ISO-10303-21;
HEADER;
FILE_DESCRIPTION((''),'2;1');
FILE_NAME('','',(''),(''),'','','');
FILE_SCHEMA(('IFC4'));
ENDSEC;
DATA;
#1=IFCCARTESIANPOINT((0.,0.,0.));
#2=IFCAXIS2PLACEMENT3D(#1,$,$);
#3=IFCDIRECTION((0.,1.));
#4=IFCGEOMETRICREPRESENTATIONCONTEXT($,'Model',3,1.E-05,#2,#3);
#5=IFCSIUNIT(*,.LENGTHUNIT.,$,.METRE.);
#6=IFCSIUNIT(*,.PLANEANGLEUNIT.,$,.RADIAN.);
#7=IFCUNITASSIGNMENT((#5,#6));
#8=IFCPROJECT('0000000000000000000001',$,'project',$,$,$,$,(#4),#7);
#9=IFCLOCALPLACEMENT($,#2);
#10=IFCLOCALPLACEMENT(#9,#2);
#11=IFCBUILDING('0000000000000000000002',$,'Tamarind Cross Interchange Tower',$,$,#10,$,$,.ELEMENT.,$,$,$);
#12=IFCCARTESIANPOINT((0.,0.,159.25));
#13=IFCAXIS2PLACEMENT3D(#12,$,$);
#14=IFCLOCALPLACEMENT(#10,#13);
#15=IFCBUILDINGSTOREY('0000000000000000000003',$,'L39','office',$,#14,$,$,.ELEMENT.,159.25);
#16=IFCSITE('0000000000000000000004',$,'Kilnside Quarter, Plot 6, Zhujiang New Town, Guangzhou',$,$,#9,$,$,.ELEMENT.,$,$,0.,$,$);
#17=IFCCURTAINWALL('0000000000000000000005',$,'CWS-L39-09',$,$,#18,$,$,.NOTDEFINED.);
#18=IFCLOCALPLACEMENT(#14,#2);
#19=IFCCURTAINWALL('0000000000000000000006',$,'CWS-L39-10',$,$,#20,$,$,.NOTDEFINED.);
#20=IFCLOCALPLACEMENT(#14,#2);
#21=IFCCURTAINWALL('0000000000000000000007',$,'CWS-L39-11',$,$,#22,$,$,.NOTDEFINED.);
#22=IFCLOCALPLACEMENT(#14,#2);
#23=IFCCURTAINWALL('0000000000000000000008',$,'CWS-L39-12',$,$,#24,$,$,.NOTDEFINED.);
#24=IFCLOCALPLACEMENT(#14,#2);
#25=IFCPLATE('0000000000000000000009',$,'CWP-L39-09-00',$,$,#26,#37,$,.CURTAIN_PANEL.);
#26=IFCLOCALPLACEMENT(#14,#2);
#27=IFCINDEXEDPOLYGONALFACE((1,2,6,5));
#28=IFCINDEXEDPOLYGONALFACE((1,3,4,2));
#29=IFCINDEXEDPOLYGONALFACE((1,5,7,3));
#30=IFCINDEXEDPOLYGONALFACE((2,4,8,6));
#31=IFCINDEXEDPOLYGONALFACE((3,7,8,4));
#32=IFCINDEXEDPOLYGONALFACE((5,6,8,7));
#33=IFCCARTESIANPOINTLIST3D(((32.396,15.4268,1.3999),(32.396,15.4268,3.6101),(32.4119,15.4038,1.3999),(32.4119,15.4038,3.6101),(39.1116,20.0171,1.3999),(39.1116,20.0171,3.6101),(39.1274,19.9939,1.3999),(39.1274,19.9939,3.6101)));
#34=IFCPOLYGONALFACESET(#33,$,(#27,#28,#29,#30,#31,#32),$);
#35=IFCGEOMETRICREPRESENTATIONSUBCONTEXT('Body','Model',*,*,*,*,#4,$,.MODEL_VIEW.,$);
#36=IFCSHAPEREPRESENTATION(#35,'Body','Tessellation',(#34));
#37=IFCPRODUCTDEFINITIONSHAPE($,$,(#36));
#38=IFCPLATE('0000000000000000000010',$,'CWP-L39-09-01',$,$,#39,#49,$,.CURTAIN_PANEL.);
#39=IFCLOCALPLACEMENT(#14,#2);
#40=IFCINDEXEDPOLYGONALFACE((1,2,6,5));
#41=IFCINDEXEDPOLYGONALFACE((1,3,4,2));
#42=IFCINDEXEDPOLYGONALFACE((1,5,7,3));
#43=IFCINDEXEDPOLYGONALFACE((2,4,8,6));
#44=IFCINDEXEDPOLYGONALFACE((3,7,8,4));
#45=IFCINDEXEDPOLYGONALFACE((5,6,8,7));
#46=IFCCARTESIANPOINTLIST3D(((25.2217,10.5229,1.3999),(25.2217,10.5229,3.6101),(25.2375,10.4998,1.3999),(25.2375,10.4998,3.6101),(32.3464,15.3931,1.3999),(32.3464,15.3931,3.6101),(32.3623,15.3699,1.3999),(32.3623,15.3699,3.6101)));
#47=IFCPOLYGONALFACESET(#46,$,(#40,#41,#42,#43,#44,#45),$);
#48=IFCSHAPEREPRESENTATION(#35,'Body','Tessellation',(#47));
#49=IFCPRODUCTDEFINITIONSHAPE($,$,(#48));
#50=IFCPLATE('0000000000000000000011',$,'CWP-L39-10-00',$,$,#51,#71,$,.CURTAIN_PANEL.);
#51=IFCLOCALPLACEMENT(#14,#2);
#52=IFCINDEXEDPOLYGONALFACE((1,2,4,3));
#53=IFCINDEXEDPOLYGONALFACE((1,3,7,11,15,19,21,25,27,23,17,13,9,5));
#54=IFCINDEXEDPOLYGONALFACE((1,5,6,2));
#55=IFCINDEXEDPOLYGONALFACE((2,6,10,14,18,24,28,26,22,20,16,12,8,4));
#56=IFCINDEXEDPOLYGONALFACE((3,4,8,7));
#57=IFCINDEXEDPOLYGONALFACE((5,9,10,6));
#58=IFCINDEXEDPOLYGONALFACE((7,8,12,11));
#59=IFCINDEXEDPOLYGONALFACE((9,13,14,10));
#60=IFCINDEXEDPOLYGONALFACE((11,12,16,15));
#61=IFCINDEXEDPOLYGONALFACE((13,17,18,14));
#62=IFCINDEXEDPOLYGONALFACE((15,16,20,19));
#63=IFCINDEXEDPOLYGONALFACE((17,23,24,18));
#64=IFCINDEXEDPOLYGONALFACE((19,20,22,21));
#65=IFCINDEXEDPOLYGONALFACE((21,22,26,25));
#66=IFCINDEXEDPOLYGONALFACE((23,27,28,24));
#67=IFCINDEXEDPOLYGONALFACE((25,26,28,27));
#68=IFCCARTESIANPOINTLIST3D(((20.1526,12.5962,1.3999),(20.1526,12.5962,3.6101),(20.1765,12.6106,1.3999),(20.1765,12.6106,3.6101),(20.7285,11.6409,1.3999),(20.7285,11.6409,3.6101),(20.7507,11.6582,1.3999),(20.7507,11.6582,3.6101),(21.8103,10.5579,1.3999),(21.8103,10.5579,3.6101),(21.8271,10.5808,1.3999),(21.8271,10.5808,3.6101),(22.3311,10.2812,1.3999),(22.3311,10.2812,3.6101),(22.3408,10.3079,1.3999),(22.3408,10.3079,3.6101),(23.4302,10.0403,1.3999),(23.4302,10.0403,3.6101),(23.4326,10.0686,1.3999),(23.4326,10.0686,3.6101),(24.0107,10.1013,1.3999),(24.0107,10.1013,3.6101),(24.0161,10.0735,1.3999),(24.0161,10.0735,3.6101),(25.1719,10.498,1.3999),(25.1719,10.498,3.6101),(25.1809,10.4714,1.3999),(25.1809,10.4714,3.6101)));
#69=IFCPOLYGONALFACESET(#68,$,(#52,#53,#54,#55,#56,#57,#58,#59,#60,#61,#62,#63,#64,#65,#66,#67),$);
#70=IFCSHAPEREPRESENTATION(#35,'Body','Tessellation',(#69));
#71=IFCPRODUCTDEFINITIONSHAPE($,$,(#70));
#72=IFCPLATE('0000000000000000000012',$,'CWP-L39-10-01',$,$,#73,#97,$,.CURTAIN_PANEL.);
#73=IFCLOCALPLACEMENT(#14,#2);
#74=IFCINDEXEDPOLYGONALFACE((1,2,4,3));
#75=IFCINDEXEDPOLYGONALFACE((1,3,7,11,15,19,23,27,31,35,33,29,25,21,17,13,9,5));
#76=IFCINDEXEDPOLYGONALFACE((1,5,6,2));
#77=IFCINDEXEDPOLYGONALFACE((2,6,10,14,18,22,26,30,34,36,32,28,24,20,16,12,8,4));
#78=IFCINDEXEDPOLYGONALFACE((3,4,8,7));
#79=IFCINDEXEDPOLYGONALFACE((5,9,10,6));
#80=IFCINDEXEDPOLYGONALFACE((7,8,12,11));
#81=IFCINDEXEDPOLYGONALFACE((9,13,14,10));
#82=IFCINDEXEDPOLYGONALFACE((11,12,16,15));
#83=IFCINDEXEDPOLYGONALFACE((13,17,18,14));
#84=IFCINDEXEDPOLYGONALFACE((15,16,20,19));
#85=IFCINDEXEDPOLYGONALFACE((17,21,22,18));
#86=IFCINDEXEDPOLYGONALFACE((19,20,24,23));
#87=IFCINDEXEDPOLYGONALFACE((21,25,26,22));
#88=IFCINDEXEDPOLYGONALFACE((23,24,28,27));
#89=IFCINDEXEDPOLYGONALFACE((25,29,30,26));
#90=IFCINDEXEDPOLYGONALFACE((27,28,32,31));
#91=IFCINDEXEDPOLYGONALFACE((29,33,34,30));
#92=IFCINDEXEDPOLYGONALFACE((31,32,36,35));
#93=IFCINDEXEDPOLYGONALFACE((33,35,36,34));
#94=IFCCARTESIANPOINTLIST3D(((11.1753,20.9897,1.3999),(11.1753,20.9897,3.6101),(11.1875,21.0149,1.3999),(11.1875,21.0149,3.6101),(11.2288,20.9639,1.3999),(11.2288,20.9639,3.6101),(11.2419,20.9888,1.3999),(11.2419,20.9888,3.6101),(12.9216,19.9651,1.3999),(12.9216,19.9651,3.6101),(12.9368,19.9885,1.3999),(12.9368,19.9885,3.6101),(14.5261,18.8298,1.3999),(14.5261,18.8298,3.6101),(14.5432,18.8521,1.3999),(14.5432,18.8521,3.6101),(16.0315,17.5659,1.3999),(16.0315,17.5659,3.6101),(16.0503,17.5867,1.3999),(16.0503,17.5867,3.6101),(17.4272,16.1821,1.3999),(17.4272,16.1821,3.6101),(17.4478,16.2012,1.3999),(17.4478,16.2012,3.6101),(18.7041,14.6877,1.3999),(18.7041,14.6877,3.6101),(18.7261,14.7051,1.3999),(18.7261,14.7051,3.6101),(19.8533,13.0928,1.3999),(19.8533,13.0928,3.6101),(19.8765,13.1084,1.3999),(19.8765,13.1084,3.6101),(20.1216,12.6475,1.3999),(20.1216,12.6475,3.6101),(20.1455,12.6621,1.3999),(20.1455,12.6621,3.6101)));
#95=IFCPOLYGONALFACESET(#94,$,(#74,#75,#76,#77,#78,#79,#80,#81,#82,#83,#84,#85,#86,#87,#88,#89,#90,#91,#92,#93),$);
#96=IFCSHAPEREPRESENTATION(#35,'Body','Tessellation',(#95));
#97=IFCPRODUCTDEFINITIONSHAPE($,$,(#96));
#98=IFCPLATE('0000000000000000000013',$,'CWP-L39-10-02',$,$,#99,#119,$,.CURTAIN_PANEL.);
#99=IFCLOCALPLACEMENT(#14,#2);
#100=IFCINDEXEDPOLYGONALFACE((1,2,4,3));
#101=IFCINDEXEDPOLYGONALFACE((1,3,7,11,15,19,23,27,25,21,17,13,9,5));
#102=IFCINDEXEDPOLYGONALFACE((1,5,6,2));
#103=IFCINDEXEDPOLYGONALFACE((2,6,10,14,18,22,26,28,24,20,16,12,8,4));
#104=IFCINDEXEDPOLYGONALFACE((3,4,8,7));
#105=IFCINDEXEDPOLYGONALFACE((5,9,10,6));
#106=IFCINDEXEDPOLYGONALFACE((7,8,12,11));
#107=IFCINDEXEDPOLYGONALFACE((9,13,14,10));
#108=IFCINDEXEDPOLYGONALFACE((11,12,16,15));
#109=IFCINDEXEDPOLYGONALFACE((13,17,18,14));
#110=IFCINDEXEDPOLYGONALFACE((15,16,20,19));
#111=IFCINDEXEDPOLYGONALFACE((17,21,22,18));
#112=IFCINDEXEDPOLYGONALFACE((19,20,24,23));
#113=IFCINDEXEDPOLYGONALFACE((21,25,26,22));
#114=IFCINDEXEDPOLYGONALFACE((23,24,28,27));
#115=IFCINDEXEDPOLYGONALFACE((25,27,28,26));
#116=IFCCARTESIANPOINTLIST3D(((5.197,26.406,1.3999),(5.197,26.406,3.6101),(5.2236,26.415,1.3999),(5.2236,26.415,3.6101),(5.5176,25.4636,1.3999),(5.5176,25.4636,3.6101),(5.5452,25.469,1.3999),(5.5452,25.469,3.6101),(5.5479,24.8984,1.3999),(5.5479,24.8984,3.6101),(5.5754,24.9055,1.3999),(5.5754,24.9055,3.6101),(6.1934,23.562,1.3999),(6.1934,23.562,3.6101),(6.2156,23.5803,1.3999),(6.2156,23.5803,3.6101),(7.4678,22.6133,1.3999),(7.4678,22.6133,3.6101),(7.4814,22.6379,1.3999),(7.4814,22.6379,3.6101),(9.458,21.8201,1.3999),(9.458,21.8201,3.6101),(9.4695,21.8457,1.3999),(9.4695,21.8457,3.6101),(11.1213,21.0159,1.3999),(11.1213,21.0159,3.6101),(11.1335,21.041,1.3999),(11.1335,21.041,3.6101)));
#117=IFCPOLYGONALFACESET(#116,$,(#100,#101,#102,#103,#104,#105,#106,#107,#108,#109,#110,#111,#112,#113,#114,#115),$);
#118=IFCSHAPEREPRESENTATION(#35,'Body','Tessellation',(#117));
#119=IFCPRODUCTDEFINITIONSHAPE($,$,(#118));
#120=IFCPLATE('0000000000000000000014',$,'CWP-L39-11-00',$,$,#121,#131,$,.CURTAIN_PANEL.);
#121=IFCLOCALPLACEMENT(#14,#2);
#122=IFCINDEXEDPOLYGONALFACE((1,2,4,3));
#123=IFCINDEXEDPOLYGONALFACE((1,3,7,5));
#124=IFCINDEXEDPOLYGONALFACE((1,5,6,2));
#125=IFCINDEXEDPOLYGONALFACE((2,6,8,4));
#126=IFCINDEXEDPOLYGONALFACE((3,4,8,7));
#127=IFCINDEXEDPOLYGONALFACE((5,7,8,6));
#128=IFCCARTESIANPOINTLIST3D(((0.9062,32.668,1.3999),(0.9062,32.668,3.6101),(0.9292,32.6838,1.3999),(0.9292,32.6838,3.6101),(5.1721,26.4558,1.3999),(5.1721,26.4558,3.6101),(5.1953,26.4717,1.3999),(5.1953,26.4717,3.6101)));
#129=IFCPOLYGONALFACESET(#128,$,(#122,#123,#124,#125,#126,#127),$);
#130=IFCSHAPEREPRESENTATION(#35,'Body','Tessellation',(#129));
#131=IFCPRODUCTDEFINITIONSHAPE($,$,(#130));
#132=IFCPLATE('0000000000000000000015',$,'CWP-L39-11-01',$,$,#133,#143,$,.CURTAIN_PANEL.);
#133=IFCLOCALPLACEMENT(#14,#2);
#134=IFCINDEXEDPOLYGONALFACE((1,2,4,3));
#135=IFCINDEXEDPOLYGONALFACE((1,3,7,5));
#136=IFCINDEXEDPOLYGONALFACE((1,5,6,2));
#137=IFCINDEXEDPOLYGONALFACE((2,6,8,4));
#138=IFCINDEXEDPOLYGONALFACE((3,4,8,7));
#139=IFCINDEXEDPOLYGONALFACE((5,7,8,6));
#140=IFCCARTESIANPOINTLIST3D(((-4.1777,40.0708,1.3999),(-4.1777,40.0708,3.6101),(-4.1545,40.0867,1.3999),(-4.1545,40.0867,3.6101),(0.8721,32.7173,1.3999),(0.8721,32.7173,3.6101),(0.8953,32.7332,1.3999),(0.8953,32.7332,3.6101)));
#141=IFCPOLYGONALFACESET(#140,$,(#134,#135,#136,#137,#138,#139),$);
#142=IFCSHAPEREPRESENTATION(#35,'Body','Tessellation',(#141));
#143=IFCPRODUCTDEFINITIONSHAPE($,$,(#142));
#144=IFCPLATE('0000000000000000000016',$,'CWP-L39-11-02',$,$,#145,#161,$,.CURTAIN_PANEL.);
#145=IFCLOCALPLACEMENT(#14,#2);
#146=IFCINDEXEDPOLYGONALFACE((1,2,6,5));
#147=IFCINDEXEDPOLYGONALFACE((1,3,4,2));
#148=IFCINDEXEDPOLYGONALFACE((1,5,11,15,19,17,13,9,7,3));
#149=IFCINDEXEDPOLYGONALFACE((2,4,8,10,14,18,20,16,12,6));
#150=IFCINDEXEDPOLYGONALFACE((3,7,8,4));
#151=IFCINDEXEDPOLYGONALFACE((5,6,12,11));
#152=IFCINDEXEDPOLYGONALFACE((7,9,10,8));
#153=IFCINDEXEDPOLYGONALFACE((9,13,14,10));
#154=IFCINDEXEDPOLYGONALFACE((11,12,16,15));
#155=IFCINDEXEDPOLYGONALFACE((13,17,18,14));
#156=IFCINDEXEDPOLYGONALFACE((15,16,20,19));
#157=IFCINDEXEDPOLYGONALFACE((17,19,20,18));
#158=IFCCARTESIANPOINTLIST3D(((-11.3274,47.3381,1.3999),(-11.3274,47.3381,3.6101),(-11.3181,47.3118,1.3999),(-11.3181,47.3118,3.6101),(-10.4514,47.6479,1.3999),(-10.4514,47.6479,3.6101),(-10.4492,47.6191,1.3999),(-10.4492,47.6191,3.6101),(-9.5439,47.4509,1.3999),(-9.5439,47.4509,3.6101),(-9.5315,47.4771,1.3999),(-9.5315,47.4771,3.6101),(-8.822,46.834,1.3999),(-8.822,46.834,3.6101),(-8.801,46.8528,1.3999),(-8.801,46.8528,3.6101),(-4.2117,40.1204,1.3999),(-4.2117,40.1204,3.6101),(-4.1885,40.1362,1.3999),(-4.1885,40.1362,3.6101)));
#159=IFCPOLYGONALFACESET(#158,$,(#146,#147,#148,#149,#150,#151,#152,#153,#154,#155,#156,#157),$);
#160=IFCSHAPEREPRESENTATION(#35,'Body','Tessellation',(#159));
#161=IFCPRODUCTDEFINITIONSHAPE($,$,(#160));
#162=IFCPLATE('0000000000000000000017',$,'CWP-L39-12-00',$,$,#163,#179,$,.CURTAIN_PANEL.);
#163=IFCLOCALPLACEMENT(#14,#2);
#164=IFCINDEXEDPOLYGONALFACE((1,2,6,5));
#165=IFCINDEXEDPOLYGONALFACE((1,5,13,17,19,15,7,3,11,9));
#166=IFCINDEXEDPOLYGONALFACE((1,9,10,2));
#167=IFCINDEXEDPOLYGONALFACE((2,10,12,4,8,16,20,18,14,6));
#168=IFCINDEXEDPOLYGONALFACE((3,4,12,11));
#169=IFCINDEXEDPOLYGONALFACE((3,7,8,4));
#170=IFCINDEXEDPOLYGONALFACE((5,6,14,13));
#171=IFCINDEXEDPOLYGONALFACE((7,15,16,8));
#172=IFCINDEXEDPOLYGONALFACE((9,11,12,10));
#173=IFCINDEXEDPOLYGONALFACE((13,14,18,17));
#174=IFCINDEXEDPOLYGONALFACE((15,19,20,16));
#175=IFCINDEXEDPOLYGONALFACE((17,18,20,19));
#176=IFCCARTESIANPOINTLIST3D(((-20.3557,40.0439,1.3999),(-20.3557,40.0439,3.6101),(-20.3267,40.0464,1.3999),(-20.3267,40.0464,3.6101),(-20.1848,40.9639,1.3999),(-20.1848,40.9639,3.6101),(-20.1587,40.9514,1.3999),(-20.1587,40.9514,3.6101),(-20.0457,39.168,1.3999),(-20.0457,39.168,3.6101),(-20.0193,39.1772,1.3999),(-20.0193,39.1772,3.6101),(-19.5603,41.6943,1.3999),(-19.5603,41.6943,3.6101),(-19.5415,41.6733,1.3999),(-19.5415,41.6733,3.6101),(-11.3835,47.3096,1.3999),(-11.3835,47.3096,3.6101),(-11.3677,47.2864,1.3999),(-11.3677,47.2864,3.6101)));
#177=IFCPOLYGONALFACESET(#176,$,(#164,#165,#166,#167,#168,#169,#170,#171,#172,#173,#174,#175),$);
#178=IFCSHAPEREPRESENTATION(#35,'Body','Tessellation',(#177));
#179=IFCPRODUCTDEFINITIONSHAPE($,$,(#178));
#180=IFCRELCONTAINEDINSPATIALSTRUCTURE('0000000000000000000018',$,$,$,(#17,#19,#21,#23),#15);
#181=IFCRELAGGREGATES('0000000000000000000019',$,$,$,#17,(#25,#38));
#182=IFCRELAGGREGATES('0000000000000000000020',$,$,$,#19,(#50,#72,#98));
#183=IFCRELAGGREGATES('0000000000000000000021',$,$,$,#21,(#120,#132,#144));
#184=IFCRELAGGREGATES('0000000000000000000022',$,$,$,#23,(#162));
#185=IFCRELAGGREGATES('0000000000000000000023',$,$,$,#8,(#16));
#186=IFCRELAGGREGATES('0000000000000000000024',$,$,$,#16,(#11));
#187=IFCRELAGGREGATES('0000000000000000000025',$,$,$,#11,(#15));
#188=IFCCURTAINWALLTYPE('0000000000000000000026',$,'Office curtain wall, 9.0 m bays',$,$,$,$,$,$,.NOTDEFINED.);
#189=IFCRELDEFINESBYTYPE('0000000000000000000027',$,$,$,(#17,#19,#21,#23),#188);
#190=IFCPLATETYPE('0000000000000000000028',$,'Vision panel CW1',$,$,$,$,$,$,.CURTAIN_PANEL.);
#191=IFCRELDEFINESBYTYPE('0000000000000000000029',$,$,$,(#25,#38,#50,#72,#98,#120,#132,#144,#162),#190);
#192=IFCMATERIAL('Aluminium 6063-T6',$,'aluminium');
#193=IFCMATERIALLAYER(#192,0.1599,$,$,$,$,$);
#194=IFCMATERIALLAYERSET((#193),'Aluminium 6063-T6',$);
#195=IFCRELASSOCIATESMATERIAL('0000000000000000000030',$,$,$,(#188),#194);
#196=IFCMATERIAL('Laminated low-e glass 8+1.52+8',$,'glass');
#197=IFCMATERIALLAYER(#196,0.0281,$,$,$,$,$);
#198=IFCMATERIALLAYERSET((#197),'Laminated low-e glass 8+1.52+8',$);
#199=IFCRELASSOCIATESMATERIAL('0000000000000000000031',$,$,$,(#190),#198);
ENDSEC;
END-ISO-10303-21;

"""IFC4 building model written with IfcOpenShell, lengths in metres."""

from ifc_helpers import new_model, si_unit, direction, frame, origin, place, context, subcontext, project, spatial, polyline, outline, extrude, material, layer, layer_set, type_object, element, aggregate, save


model = new_model("IFC4")

# Units and contexts
model_context = context("Model", 3, precision=1e-05, world=origin(), true_north=direction((0.0, 1.0)))
body_context = subcontext(model_context, "Body", "Model", "MODEL_VIEW")
ifc_project = project(units=[si_unit("LENGTHUNIT", "METRE"), si_unit("PLANEANGLEUNIT", "RADIAN")], contexts=[model_context])

# Site, building, storey
site_placement = place(None, origin())
site = spatial("IfcSite", under=ifc_project, at=site_placement, Name="Kilnside Quarter, Plot 6, Zhujiang New Town, Guangzhou", CompositionType="ELEMENT", RefElevation=0.0)
building_placement = place(site_placement, origin())
building = spatial("IfcBuilding", under=site, at=building_placement, Name="Tamarind Cross Interchange Tower", CompositionType="ELEMENT")
storey_placement = place(building_placement, frame((0.0, 0.0, 159.25)))
storey = spatial("IfcBuildingStorey", under=building, at=storey_placement, Name="L39", Description="office", CompositionType="ELEMENT", Elevation=159.25)

# Curtain walls
ifc_material_1 = material(Name="Aluminium 6063-T6", Category="aluminium")
ifc_layer_1 = layer(ifc_material_1, 0.1599)
ifc_layer_set_1 = layer_set([ifc_layer_1], Name="Aluminium 6063-T6")
curtain_wall_type = type_object("IfcCurtainWallType", Name="Office curtain wall, 9.0 m bays", PredefinedType="NOTDEFINED", material=ifc_layer_set_1)
curtain_wall_1_placement = place(storey_placement, origin())
curtain_wall_1 = element("IfcCurtainWall", 1, at=curtain_wall_1_placement, inside=storey, type_object=curtain_wall_type, Name="CWS-L39-09", PredefinedType="NOTDEFINED")
curtain_wall_2_placement = place(storey_placement, origin())
curtain_wall_2 = element("IfcCurtainWall", 2, at=curtain_wall_2_placement, inside=storey, type_object=curtain_wall_type, Name="CWS-L39-10", PredefinedType="NOTDEFINED")
curtain_wall_3_placement = place(storey_placement, origin())
curtain_wall_3 = element("IfcCurtainWall", 3, at=curtain_wall_3_placement, inside=storey, type_object=curtain_wall_type, Name="CWS-L39-11", PredefinedType="NOTDEFINED")
curtain_wall_4_placement = place(storey_placement, origin())
curtain_wall_4 = element("IfcCurtainWall", 4, at=curtain_wall_4_placement, inside=storey, type_object=curtain_wall_type, Name="CWS-L39-12", PredefinedType="NOTDEFINED")

# Plates
ifc_material_2 = material(Name="Laminated low-e glass 8+1.52+8", Category="glass")
ifc_layer_2 = layer(ifc_material_2, 0.0281)
ifc_layer_set_2 = layer_set([ifc_layer_2], Name="Laminated low-e glass 8+1.52+8")
plate_type = type_object("IfcPlateType", Name="Vision panel CW1", PredefinedType="CURTAIN_PANEL", material=ifc_layer_set_2)
plate_1_placement = place(storey_placement, frame((0.0, 0.0, 1.3999)))
plate_1 = element("IfcPlate", 5, at=plate_1_placement, type_object=plate_type, Name="CWP-L39-09-00", PredefinedType="CURTAIN_PANEL", context=body_context, shape_type="SweptSolid", body=[
    extrude(outline(polyline([(39.1274, 19.9939), (32.4119, 15.4038), (32.396, 15.4268), (39.1116, 20.0171), (39.1274, 19.9939)])), origin(), (0.0, 0.0, 1.0), 2.2102),
])
plate_2_placement = place(storey_placement, frame((0.0, 0.0, 1.3999)))
plate_2 = element("IfcPlate", 6, at=plate_2_placement, type_object=plate_type, Name="CWP-L39-09-01", PredefinedType="CURTAIN_PANEL", context=body_context, shape_type="SweptSolid", body=[
    extrude(outline(polyline([(32.3623, 15.3699), (25.2375, 10.4998), (25.2217, 10.5229), (32.3464, 15.3931), (32.3623, 15.3699)])), origin(), (0.0, 0.0, 1.0), 2.2102),
])
aggregate(curtain_wall_1, [plate_1, plate_2])
plate_3_placement = place(storey_placement, frame((0.0, 0.0, 1.3999)))
plate_3 = element("IfcPlate", 7, at=plate_3_placement, type_object=plate_type, Name="CWP-L39-10-00", PredefinedType="CURTAIN_PANEL", context=body_context, shape_type="SweptSolid", body=[
    extrude(outline(polyline([(25.1809, 10.4714), (24.0161, 10.0735), (23.4302, 10.0403), (22.3311, 10.2812), (21.8103, 10.5579), (20.7285, 11.6409), (20.1526, 12.5962), (20.1765, 12.6106), (20.7507, 11.6582), (21.8271, 10.5808), (22.3408, 10.3079), (23.4326, 10.0686), (24.0107, 10.1013), (25.1719, 10.498), (25.1809, 10.4714)])), origin(), (0.0, 0.0, 1.0), 2.2102),
])
plate_4_placement = place(storey_placement, frame((0.0, 0.0, 1.3999)))
plate_4 = element("IfcPlate", 8, at=plate_4_placement, type_object=plate_type, Name="CWP-L39-10-01", PredefinedType="CURTAIN_PANEL", context=body_context, shape_type="SweptSolid", body=[
    extrude(outline(polyline([(20.1216, 12.6475), (19.8533, 13.0928), (18.7041, 14.6877), (17.4272, 16.1821), (16.0315, 17.5659), (14.5261, 18.8298), (12.9216, 19.9651), (11.2288, 20.9639), (11.1753, 20.9897), (11.1875, 21.0149), (11.2419, 20.9888), (12.9368, 19.9885), (14.5432, 18.8521), (16.0503, 17.5867), (17.4478, 16.2012), (18.7261, 14.7051), (19.8765, 13.1084), (20.1455, 12.6621), (20.1216, 12.6475)])), origin(), (0.0, 0.0, 1.0), 2.2102),
])
plate_5_placement = place(storey_placement, frame((0.0, 0.0, 1.3999)))
plate_5 = element("IfcPlate", 9, at=plate_5_placement, type_object=plate_type, Name="CWP-L39-10-02", PredefinedType="CURTAIN_PANEL", context=body_context, shape_type="SweptSolid", body=[
    extrude(outline(polyline([(11.1213, 21.0159), (9.458, 21.8201), (7.4678, 22.6133), (6.1934, 23.562), (5.5479, 24.8984), (5.5176, 25.4636), (5.197, 26.406), (5.2236, 26.415), (5.5452, 25.469), (5.5754, 24.9055), (6.2156, 23.5803), (7.4814, 22.6379), (9.4695, 21.8457), (11.1335, 21.041), (11.1213, 21.0159)])), origin(), (0.0, 0.0, 1.0), 2.2102),
])
aggregate(curtain_wall_2, [plate_3, plate_4, plate_5])
plate_6_placement = place(storey_placement, frame((0.0, 0.0, 1.3999)))
plate_6 = element("IfcPlate", 10, at=plate_6_placement, type_object=plate_type, Name="CWP-L39-11-00", PredefinedType="CURTAIN_PANEL", context=body_context, shape_type="SweptSolid", body=[
    extrude(outline(polyline([(5.1721, 26.4558), (0.9062, 32.668), (0.9292, 32.6838), (5.1953, 26.4717), (5.1721, 26.4558)])), origin(), (0.0, 0.0, 1.0), 2.2102),
])
plate_7_placement = place(storey_placement, frame((0.0, 0.0, 1.3999)))
plate_7 = element("IfcPlate", 11, at=plate_7_placement, type_object=plate_type, Name="CWP-L39-11-01", PredefinedType="CURTAIN_PANEL", context=body_context, shape_type="SweptSolid", body=[
    extrude(outline(polyline([(0.8721, 32.7173), (-4.1777, 40.0708), (-4.1545, 40.0867), (0.8953, 32.7332), (0.8721, 32.7173)])), origin(), (0.0, 0.0, 1.0), 2.2102),
])
plate_8_placement = place(storey_placement, frame((0.0, 0.0, 1.3999)))
plate_8 = element("IfcPlate", 12, at=plate_8_placement, type_object=plate_type, Name="CWP-L39-11-02", PredefinedType="CURTAIN_PANEL", context=body_context, shape_type="SweptSolid", body=[
    extrude(outline(polyline([(-4.2117, 40.1204), (-8.822, 46.834), (-9.5439, 47.4509), (-10.4492, 47.6191), (-11.3181, 47.3118), (-11.3274, 47.3381), (-10.4514, 47.6479), (-9.5315, 47.4771), (-8.801, 46.8528), (-4.1885, 40.1362), (-4.2117, 40.1204)])), origin(), (0.0, 0.0, 1.0), 2.2102),
])
aggregate(curtain_wall_3, [plate_6, plate_7, plate_8])
plate_9_placement = place(storey_placement, frame((0.0, 0.0, 1.3999)))
plate_9 = element("IfcPlate", 13, at=plate_9_placement, type_object=plate_type, Name="CWP-L39-12-00", PredefinedType="CURTAIN_PANEL", context=body_context, shape_type="SweptSolid", body=[
    extrude(outline(polyline([(-11.3677, 47.2864), (-19.5415, 41.6733), (-20.1587, 40.9514), (-20.3267, 40.0464), (-20.0193, 39.1772), (-20.0457, 39.168), (-20.3557, 40.0439), (-20.1848, 40.9639), (-19.5603, 41.6943), (-11.3835, 47.3096), (-11.3677, 47.2864)])), origin(), (0.0, 0.0, 1.0), 2.2102),
])
aggregate(curtain_wall_4, [plate_9])

save(model, "model.ifc")
